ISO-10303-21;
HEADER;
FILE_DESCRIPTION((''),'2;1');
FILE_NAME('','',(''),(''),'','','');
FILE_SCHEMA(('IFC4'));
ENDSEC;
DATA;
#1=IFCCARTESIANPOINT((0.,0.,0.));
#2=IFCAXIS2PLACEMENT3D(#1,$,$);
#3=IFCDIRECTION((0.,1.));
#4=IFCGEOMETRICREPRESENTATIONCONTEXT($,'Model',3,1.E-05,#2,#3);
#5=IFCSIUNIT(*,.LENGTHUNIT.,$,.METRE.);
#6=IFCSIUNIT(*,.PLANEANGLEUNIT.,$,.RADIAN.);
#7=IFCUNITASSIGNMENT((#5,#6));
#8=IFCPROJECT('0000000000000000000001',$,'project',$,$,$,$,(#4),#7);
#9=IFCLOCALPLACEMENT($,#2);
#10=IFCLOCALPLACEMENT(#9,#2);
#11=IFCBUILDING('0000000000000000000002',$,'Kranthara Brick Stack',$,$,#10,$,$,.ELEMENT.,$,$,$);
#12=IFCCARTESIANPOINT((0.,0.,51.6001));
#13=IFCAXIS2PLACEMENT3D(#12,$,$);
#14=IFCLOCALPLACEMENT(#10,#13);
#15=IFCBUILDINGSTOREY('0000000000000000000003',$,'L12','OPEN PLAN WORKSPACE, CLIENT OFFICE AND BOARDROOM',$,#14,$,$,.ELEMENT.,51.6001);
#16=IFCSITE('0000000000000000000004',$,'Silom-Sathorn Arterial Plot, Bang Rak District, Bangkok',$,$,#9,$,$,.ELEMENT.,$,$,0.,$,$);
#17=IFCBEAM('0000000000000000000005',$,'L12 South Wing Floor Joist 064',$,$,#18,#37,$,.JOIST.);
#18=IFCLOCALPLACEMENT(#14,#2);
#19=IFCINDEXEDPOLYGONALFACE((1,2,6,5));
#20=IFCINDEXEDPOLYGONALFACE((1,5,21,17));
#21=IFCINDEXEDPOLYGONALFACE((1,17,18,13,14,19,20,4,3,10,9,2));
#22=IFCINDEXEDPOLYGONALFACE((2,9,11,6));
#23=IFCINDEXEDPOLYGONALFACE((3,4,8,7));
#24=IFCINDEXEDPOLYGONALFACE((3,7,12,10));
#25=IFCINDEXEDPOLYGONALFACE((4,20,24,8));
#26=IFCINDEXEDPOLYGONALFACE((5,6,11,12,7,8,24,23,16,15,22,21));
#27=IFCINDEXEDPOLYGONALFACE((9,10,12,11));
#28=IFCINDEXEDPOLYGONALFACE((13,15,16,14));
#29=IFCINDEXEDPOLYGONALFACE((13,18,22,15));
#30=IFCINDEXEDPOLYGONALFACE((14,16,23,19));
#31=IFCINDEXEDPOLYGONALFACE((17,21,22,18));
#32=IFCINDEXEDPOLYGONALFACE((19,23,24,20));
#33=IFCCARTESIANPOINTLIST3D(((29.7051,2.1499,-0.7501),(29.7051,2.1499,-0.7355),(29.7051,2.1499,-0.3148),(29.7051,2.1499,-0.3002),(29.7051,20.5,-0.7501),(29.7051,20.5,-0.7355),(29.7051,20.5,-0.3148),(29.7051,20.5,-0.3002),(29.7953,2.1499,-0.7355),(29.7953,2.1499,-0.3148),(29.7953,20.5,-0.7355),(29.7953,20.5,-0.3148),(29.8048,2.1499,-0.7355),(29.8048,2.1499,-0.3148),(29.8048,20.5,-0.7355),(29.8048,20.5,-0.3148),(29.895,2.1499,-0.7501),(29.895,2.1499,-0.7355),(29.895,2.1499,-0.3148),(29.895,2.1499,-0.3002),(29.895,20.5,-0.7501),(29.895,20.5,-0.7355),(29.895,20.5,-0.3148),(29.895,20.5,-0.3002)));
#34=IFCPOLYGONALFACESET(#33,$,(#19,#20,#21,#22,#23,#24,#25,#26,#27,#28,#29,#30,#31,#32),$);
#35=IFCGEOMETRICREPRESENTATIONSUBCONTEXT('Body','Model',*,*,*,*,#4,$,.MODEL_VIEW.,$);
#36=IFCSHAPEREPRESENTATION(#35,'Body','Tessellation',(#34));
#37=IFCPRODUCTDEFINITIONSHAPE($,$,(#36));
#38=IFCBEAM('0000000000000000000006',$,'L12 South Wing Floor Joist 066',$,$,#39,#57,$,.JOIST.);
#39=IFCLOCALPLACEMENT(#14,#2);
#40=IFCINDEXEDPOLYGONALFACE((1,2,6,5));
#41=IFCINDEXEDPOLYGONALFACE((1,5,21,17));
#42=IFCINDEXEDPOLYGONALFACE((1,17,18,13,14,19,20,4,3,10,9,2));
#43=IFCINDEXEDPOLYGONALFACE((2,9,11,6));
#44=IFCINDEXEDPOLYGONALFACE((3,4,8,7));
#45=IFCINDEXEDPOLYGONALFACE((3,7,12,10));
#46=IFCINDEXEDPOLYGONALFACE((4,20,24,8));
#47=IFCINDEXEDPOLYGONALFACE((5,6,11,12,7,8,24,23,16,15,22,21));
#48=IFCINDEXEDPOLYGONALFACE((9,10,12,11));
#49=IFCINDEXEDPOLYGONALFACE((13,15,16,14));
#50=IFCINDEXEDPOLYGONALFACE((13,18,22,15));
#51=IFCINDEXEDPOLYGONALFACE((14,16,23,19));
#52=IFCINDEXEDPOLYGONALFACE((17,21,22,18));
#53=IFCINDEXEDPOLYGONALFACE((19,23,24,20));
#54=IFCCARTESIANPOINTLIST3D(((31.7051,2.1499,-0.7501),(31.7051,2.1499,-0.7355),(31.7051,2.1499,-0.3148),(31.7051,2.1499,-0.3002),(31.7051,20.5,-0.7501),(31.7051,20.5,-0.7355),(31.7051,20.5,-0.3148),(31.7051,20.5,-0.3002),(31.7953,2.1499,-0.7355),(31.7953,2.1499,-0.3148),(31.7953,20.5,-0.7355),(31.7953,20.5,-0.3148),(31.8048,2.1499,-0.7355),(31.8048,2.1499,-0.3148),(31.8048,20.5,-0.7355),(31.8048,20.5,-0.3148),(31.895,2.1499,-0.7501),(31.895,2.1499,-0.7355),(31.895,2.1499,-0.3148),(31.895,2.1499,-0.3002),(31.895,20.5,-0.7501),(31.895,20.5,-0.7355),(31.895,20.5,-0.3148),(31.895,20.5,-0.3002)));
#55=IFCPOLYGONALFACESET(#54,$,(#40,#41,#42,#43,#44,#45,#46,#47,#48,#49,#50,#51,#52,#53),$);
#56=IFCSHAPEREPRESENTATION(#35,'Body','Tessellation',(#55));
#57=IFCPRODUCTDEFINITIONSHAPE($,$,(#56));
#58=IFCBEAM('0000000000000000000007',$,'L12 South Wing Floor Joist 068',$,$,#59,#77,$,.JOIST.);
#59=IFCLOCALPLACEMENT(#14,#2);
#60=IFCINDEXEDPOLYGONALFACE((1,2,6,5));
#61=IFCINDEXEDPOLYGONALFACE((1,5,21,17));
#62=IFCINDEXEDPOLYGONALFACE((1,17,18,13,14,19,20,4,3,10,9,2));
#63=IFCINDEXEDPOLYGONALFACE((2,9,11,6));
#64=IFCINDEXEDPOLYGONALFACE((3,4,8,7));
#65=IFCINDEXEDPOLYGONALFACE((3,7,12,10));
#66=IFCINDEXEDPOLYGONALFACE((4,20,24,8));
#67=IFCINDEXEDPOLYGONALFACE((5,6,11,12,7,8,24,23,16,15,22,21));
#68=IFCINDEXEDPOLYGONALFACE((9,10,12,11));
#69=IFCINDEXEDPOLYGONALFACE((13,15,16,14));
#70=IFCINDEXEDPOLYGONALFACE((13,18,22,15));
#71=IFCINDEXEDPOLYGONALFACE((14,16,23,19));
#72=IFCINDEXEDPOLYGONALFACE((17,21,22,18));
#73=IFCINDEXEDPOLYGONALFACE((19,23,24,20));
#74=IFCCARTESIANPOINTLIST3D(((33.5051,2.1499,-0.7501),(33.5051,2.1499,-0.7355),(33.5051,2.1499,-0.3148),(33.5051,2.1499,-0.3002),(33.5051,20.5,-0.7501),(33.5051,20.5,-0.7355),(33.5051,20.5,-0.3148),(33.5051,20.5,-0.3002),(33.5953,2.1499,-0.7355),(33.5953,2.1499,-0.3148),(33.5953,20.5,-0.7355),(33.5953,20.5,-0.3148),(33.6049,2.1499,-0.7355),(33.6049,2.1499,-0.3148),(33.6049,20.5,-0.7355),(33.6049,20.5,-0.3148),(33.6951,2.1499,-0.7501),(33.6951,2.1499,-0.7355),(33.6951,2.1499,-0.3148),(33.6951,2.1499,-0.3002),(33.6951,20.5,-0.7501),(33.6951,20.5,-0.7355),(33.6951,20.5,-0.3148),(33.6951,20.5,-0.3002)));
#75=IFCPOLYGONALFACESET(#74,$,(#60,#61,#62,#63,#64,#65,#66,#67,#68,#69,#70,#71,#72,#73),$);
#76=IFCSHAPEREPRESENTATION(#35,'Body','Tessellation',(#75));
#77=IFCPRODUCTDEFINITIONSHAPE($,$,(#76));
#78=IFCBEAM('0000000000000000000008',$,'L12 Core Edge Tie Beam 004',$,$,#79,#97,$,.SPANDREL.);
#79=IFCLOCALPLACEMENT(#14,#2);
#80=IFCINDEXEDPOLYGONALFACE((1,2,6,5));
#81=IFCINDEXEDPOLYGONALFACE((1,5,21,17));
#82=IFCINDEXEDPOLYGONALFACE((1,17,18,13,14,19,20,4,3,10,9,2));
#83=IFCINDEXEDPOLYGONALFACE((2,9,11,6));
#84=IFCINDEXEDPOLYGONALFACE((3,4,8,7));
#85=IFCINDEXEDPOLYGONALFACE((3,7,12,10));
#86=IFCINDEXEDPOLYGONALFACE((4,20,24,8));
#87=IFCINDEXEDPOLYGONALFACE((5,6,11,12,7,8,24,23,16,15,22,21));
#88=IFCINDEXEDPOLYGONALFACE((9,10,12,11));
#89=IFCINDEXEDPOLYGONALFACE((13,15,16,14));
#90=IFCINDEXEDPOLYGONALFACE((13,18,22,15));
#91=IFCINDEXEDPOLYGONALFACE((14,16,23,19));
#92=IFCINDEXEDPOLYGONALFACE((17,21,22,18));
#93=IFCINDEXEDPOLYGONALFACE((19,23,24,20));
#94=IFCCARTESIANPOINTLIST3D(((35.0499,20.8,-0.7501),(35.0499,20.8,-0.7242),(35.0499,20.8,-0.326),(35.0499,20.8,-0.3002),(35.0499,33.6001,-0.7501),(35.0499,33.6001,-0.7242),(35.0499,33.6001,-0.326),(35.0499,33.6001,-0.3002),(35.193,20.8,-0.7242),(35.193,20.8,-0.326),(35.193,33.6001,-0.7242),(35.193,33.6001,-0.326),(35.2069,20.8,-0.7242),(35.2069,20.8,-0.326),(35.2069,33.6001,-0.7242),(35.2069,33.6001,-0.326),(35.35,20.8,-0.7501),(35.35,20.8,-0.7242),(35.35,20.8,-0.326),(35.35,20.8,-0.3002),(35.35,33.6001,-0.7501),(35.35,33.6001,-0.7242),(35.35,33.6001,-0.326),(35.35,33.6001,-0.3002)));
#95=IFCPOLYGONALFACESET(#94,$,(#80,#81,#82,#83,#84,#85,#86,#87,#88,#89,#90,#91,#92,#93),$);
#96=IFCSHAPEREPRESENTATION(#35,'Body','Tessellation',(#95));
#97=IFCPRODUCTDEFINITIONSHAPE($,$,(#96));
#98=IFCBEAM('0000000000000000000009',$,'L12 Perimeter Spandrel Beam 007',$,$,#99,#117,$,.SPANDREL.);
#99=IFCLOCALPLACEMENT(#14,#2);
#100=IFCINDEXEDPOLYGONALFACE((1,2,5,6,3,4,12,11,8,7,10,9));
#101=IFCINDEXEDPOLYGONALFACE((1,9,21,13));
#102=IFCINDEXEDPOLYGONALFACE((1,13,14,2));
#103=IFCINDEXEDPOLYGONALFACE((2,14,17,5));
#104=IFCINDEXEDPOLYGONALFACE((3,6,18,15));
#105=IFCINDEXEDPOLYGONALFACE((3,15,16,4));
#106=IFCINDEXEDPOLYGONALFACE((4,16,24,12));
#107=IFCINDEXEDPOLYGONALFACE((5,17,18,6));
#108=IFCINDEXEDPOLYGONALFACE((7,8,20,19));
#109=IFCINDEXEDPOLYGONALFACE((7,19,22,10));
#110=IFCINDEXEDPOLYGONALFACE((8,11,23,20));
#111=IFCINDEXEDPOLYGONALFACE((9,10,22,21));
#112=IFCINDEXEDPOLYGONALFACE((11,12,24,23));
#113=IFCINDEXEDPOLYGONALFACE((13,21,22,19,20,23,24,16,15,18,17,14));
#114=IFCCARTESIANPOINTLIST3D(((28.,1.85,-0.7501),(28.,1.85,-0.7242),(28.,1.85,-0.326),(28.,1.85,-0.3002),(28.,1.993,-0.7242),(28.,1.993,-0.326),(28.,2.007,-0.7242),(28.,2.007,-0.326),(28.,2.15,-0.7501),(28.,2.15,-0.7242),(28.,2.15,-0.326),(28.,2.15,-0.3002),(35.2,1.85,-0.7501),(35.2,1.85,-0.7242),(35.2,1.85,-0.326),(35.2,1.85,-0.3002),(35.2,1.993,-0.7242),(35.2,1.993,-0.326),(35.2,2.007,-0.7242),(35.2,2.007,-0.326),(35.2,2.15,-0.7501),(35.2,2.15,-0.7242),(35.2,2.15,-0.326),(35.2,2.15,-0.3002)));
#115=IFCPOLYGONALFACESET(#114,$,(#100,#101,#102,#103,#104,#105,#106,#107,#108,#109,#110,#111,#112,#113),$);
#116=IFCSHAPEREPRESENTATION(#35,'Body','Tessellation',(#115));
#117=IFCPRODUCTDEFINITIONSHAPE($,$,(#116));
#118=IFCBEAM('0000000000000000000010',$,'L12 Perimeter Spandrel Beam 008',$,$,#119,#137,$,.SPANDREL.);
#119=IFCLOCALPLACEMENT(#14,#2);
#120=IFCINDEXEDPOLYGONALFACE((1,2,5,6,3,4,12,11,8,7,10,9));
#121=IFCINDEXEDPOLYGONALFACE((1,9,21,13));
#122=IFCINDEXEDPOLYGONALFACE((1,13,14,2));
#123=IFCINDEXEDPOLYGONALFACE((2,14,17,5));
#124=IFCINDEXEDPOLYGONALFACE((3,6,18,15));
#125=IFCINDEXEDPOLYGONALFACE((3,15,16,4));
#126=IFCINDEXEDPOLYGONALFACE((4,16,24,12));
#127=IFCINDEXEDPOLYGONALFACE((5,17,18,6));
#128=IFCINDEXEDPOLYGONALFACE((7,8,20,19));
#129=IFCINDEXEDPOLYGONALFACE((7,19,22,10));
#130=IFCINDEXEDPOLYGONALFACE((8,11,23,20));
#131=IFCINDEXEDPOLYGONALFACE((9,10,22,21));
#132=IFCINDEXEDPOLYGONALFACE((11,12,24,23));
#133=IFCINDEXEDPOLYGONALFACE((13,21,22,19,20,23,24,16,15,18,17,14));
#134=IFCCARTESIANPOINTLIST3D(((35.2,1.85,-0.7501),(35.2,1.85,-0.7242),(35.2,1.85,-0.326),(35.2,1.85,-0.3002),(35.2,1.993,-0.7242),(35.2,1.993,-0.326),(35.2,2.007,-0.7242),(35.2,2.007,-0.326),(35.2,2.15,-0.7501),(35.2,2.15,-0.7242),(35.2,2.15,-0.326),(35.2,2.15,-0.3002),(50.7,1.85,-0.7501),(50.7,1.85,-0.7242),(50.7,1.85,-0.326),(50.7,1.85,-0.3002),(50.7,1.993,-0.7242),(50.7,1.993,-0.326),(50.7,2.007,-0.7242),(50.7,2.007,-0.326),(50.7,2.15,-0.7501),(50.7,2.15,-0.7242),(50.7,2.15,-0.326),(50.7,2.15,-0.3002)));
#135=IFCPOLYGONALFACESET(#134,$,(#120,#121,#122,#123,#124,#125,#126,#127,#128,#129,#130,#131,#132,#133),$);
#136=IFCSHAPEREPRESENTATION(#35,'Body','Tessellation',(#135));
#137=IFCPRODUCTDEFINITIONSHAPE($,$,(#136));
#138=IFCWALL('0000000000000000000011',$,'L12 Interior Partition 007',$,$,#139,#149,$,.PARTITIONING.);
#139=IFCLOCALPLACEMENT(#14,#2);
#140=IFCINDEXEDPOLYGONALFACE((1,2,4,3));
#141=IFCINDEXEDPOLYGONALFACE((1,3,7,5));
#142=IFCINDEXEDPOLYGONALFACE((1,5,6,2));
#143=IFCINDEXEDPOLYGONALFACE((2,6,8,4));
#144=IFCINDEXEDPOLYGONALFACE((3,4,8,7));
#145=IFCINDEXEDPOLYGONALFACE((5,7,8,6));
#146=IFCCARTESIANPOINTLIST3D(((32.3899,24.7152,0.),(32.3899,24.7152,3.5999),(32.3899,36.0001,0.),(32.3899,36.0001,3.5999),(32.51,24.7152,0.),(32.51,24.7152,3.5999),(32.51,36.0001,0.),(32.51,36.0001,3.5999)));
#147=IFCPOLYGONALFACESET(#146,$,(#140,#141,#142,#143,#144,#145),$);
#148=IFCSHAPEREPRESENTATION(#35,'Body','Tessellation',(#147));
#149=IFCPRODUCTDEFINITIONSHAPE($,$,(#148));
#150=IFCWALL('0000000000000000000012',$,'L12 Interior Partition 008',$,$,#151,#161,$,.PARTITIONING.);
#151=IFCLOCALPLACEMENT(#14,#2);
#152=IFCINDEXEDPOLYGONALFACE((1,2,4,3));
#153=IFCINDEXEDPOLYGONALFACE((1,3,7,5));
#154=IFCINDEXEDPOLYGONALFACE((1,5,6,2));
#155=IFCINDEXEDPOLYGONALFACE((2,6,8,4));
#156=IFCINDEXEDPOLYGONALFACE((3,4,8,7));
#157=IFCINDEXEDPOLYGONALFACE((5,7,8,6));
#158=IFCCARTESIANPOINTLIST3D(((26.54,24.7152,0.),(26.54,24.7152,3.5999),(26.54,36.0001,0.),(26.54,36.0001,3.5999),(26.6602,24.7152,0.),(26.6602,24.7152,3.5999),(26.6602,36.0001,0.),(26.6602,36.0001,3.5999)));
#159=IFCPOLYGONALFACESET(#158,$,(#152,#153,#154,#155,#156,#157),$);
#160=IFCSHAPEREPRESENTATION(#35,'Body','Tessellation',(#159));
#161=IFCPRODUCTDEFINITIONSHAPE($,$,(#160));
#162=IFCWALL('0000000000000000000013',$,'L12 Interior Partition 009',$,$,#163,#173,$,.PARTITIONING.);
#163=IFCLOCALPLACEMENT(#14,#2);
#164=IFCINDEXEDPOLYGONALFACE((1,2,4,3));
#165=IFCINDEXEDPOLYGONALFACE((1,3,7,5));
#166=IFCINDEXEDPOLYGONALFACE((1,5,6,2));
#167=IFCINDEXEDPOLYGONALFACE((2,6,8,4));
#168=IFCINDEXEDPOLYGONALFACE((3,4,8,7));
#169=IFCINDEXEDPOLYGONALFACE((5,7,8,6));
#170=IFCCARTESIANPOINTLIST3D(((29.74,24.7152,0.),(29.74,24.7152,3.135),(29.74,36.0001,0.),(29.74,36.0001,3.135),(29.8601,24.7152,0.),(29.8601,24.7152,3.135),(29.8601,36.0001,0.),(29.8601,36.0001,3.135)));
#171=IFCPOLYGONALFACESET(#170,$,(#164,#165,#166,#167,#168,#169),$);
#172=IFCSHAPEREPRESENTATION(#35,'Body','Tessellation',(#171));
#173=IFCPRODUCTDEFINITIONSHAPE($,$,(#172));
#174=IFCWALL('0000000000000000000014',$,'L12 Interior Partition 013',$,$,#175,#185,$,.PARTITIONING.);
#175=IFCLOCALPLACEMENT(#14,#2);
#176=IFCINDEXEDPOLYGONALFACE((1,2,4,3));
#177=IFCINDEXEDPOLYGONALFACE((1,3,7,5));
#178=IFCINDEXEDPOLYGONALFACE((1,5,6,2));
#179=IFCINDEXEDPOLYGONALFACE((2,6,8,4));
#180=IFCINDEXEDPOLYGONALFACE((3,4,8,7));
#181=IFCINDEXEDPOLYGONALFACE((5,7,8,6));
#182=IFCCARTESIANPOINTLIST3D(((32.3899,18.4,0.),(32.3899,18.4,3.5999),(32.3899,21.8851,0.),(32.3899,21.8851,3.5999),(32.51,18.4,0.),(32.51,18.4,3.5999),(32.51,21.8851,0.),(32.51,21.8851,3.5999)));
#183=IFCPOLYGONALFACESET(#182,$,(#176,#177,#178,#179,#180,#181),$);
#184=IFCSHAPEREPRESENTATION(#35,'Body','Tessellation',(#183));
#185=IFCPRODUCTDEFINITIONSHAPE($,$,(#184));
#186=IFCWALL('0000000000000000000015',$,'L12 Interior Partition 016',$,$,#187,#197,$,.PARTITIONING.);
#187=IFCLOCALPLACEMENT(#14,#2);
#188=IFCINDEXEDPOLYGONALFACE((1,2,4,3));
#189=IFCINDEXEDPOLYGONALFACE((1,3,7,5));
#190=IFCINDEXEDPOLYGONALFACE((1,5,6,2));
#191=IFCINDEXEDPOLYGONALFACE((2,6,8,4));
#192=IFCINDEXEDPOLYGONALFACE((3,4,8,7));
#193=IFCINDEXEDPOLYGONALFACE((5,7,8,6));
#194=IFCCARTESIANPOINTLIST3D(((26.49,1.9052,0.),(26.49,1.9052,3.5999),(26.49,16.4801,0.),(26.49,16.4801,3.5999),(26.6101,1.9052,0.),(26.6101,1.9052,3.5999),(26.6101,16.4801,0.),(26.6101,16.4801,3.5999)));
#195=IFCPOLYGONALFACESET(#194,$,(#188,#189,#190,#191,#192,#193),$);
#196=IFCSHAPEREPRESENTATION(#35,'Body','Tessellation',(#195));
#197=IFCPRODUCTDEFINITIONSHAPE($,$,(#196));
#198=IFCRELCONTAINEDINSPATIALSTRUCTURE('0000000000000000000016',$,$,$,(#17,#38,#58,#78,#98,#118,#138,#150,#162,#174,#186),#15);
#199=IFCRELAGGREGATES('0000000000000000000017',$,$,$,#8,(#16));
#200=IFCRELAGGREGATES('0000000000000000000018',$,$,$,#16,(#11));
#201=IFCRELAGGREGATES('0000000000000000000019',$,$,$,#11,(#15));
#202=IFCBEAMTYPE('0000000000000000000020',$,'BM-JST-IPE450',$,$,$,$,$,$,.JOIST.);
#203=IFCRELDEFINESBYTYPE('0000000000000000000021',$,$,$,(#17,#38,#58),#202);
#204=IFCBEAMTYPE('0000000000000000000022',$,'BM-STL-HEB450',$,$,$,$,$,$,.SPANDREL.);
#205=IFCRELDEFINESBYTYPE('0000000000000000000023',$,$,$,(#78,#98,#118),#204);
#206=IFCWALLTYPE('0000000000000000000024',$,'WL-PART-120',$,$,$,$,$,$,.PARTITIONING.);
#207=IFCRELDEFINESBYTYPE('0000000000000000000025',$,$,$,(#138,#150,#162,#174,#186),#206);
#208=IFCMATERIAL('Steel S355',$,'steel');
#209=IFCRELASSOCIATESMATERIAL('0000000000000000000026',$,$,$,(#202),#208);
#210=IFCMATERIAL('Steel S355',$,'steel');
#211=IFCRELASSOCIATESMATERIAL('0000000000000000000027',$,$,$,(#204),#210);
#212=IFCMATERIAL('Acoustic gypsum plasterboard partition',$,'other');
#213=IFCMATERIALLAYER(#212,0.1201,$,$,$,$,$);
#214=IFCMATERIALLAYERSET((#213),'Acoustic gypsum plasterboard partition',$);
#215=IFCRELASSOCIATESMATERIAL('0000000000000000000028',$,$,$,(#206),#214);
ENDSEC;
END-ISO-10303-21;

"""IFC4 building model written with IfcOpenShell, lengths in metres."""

from ifc_helpers import new_model, si_unit, direction, frame, frame_2d, origin, origin_2d, place, context, subcontext, project, spatial, rectangle, i_section, extrude, material, layer, layer_set, material_profile, profile_set, type_object, element, save


model = new_model("IFC4")

# Units and contexts
model_context = context("Model", 3, precision=1e-05, world=origin(), true_north=direction((0.0, 1.0)))
body_context = subcontext(model_context, "Body", "Model", "MODEL_VIEW")
ifc_project = project(units=[si_unit("LENGTHUNIT", "METRE"), si_unit("PLANEANGLEUNIT", "RADIAN")], contexts=[model_context])

# Site, building, storey
site_placement = place(None, origin())
site = spatial("IfcSite", under=ifc_project, at=site_placement, Name="Silom-Sathorn Arterial Plot, Bang Rak District, Bangkok", CompositionType="ELEMENT", RefElevation=0.0)
building_placement = place(site_placement, origin())
building = spatial("IfcBuilding", under=site, at=building_placement, Name="Kranthara Brick Stack", CompositionType="ELEMENT")
storey_placement = place(building_placement, frame((0.0, 0.0, 51.6001)))
storey = spatial("IfcBuildingStorey", under=building, at=storey_placement, Name="L12", Description="OPEN PLAN WORKSPACE, CLIENT OFFICE AND BOARDROOM", CompositionType="ELEMENT", Elevation=51.6001)

# Beams
ifc_material_1 = material(Name="Steel S355", Category="steel")
ifc_material_profile_1 = material_profile(ifc_material_1, i_section(OverallWidth=0.1899, OverallDepth=0.45, WebThickness=0.0095, FlangeThickness=0.0146, at=origin_2d()), Name="IPE 450")
ifc_profile_set_1 = profile_set([ifc_material_profile_1], Name="Steel S355")
beam_type_1 = type_object("IfcBeamType", Name="BM-JST-IPE450", PredefinedType="JOIST", material=ifc_profile_set_1)
for number, where, z_axis, x_axis, name in (
    (1, (29.8, 2.1499, -0.5251), (0.0, 1.0, 0.0), (-1.0, 0.0, 0.0), "L12 South Wing Floor Joist 064"),
    (2, (31.8, 2.1499, -0.5251), (0.0, 1.0, 0.0), (-1.0, 0.0, 0.0), "L12 South Wing Floor Joist 066"),
    (3, (33.6001, 2.1499, -0.5251), (0.0, 1.0, 0.0), (-1.0, 0.0, 0.0), "L12 South Wing Floor Joist 068"),
):
    element("IfcBeam", number, at=place(storey_placement, frame(where, z_axis=z_axis, x_axis=x_axis)), inside=storey, type_object=beam_type_1, Name=name, PredefinedType="JOIST", context=body_context, shape_type="SweptSolid", body=[
        extrude(i_section(OverallWidth=0.1899, OverallDepth=0.45, WebThickness=0.0095, FlangeThickness=0.0146, at=origin_2d()), origin(), (0.0, 0.0, 1.0), 18.3501),
    ])
ifc_material_2 = material(Name="Steel S355", Category="steel")
ifc_material_profile_2 = material_profile(ifc_material_2, i_section(OverallWidth=0.3, OverallDepth=0.45, WebThickness=0.0139, FlangeThickness=0.0259, at=origin_2d()), Name="HEB 450")
ifc_profile_set_2 = profile_set([ifc_material_profile_2], Name="Steel S355")
beam_type_2 = type_object("IfcBeamType", Name="BM-STL-HEB450", PredefinedType="SPANDREL", material=ifc_profile_set_2)
beam_1_placement = place(storey_placement, frame((35.2, 20.8, -0.5251), z_axis=(0.0, 1.0, 0.0), x_axis=(-1.0, 0.0, 0.0)))
element("IfcBeam", 4, at=beam_1_placement, inside=storey, type_object=beam_type_2, Name="L12 Core Edge Tie Beam 004", PredefinedType="SPANDREL", context=body_context, shape_type="SweptSolid", body=[
    extrude(i_section(OverallWidth=0.3, OverallDepth=0.45, WebThickness=0.0139, FlangeThickness=0.0259, at=origin_2d()), origin(), (0.0, 0.0, 1.0), 12.8),
])
beam_2_placement = place(storey_placement, frame((28.0, 2.0, -0.5251), z_axis=(1.0, 0.0, 0.0), x_axis=(0.0, 1.0, 0.0)))
element("IfcBeam", 5, at=beam_2_placement, inside=storey, type_object=beam_type_2, Name="L12 Perimeter Spandrel Beam 007", PredefinedType="SPANDREL", context=body_context, shape_type="SweptSolid", body=[
    extrude(i_section(OverallWidth=0.3, OverallDepth=0.45, WebThickness=0.0139, FlangeThickness=0.0259, at=origin_2d()), origin(), (0.0, 0.0, 1.0), 7.2),
])
beam_3_placement = place(storey_placement, frame((35.2, 2.0, -0.5251), z_axis=(1.0, 0.0, 0.0), x_axis=(0.0, 1.0, 0.0)))
element("IfcBeam", 6, at=beam_3_placement, inside=storey, type_object=beam_type_2, Name="L12 Perimeter Spandrel Beam 008", PredefinedType="SPANDREL", context=body_context, shape_type="SweptSolid", body=[
    extrude(i_section(OverallWidth=0.3, OverallDepth=0.45, WebThickness=0.0139, FlangeThickness=0.0259, at=origin_2d()), origin(), (0.0, 0.0, 1.0), 15.5),
])

# Walls
ifc_material_3 = material(Name="Acoustic gypsum plasterboard partition", Category="other")
ifc_layer_1 = layer(ifc_material_3, 0.1201)
ifc_layer_set_1 = layer_set([ifc_layer_1], Name="Acoustic gypsum plasterboard partition")
wall_type_1 = type_object("IfcWallType", Name="WL-PART-120", PredefinedType="PARTITIONING", material=ifc_layer_set_1)
for number, where, z_axis, x_axis, name in (
    (7, (32.45, 24.7151, 0.0), (0.0, 0.0, 1.0), (0.0, 1.0, 0.0), "L12 Interior Partition 007"),
    (8, (26.6001, 24.7151, 0.0), (0.0, 0.0, 1.0), (0.0, 1.0, 0.0), "L12 Interior Partition 008"),
):
    element("IfcWall", number, at=place(storey_placement, frame(where, z_axis=z_axis, x_axis=x_axis)), inside=storey, type_object=wall_type_1, Name=name, PredefinedType="PARTITIONING", context=body_context, shape_type="SweptSolid", body=[
        extrude(rectangle(XDim=11.2849, YDim=0.1201, at=frame_2d((5.6426, 0.0))), origin(), (0.0, 0.0, 1.0), 3.5999),
    ])
wall_1_placement = place(storey_placement, frame((29.8, 24.7151, 0.0), z_axis=(0.0, 0.0, 1.0), x_axis=(0.0, 1.0, 0.0)))
element("IfcWall", 9, at=wall_1_placement, inside=storey, type_object=wall_type_1, Name="L12 Interior Partition 009", PredefinedType="PARTITIONING", context=body_context, shape_type="SweptSolid", body=[
    extrude(rectangle(XDim=11.2849, YDim=0.1201, at=frame_2d((5.6426, 0.0))), origin(), (0.0, 0.0, 1.0), 3.135),
])
wall_2_placement = place(storey_placement, frame((32.45, 18.3999, 0.0), z_axis=(0.0, 0.0, 1.0), x_axis=(0.0, 1.0, 0.0)))
element("IfcWall", 10, at=wall_2_placement, inside=storey, type_object=wall_type_1, Name="L12 Interior Partition 013", PredefinedType="PARTITIONING", context=body_context, shape_type="SweptSolid", body=[
    extrude(rectangle(XDim=3.4851, YDim=0.1201, at=frame_2d((1.7427, 0.0))), origin(), (0.0, 0.0, 1.0), 3.5999),
])
wall_3_placement = place(storey_placement, frame((26.55, 1.905, 0.0), z_axis=(0.0, 0.0, 1.0), x_axis=(0.0, 1.0, 0.0)))
element("IfcWall", 11, at=wall_3_placement, inside=storey, type_object=wall_type_1, Name="L12 Interior Partition 016", PredefinedType="PARTITIONING", context=body_context, shape_type="SweptSolid", body=[
    extrude(rectangle(XDim=14.575, YDim=0.1201, at=frame_2d((7.2876, 0.0))), origin(), (0.0, 0.0, 1.0), 3.5999),
])

save(model, "model.ifc")
